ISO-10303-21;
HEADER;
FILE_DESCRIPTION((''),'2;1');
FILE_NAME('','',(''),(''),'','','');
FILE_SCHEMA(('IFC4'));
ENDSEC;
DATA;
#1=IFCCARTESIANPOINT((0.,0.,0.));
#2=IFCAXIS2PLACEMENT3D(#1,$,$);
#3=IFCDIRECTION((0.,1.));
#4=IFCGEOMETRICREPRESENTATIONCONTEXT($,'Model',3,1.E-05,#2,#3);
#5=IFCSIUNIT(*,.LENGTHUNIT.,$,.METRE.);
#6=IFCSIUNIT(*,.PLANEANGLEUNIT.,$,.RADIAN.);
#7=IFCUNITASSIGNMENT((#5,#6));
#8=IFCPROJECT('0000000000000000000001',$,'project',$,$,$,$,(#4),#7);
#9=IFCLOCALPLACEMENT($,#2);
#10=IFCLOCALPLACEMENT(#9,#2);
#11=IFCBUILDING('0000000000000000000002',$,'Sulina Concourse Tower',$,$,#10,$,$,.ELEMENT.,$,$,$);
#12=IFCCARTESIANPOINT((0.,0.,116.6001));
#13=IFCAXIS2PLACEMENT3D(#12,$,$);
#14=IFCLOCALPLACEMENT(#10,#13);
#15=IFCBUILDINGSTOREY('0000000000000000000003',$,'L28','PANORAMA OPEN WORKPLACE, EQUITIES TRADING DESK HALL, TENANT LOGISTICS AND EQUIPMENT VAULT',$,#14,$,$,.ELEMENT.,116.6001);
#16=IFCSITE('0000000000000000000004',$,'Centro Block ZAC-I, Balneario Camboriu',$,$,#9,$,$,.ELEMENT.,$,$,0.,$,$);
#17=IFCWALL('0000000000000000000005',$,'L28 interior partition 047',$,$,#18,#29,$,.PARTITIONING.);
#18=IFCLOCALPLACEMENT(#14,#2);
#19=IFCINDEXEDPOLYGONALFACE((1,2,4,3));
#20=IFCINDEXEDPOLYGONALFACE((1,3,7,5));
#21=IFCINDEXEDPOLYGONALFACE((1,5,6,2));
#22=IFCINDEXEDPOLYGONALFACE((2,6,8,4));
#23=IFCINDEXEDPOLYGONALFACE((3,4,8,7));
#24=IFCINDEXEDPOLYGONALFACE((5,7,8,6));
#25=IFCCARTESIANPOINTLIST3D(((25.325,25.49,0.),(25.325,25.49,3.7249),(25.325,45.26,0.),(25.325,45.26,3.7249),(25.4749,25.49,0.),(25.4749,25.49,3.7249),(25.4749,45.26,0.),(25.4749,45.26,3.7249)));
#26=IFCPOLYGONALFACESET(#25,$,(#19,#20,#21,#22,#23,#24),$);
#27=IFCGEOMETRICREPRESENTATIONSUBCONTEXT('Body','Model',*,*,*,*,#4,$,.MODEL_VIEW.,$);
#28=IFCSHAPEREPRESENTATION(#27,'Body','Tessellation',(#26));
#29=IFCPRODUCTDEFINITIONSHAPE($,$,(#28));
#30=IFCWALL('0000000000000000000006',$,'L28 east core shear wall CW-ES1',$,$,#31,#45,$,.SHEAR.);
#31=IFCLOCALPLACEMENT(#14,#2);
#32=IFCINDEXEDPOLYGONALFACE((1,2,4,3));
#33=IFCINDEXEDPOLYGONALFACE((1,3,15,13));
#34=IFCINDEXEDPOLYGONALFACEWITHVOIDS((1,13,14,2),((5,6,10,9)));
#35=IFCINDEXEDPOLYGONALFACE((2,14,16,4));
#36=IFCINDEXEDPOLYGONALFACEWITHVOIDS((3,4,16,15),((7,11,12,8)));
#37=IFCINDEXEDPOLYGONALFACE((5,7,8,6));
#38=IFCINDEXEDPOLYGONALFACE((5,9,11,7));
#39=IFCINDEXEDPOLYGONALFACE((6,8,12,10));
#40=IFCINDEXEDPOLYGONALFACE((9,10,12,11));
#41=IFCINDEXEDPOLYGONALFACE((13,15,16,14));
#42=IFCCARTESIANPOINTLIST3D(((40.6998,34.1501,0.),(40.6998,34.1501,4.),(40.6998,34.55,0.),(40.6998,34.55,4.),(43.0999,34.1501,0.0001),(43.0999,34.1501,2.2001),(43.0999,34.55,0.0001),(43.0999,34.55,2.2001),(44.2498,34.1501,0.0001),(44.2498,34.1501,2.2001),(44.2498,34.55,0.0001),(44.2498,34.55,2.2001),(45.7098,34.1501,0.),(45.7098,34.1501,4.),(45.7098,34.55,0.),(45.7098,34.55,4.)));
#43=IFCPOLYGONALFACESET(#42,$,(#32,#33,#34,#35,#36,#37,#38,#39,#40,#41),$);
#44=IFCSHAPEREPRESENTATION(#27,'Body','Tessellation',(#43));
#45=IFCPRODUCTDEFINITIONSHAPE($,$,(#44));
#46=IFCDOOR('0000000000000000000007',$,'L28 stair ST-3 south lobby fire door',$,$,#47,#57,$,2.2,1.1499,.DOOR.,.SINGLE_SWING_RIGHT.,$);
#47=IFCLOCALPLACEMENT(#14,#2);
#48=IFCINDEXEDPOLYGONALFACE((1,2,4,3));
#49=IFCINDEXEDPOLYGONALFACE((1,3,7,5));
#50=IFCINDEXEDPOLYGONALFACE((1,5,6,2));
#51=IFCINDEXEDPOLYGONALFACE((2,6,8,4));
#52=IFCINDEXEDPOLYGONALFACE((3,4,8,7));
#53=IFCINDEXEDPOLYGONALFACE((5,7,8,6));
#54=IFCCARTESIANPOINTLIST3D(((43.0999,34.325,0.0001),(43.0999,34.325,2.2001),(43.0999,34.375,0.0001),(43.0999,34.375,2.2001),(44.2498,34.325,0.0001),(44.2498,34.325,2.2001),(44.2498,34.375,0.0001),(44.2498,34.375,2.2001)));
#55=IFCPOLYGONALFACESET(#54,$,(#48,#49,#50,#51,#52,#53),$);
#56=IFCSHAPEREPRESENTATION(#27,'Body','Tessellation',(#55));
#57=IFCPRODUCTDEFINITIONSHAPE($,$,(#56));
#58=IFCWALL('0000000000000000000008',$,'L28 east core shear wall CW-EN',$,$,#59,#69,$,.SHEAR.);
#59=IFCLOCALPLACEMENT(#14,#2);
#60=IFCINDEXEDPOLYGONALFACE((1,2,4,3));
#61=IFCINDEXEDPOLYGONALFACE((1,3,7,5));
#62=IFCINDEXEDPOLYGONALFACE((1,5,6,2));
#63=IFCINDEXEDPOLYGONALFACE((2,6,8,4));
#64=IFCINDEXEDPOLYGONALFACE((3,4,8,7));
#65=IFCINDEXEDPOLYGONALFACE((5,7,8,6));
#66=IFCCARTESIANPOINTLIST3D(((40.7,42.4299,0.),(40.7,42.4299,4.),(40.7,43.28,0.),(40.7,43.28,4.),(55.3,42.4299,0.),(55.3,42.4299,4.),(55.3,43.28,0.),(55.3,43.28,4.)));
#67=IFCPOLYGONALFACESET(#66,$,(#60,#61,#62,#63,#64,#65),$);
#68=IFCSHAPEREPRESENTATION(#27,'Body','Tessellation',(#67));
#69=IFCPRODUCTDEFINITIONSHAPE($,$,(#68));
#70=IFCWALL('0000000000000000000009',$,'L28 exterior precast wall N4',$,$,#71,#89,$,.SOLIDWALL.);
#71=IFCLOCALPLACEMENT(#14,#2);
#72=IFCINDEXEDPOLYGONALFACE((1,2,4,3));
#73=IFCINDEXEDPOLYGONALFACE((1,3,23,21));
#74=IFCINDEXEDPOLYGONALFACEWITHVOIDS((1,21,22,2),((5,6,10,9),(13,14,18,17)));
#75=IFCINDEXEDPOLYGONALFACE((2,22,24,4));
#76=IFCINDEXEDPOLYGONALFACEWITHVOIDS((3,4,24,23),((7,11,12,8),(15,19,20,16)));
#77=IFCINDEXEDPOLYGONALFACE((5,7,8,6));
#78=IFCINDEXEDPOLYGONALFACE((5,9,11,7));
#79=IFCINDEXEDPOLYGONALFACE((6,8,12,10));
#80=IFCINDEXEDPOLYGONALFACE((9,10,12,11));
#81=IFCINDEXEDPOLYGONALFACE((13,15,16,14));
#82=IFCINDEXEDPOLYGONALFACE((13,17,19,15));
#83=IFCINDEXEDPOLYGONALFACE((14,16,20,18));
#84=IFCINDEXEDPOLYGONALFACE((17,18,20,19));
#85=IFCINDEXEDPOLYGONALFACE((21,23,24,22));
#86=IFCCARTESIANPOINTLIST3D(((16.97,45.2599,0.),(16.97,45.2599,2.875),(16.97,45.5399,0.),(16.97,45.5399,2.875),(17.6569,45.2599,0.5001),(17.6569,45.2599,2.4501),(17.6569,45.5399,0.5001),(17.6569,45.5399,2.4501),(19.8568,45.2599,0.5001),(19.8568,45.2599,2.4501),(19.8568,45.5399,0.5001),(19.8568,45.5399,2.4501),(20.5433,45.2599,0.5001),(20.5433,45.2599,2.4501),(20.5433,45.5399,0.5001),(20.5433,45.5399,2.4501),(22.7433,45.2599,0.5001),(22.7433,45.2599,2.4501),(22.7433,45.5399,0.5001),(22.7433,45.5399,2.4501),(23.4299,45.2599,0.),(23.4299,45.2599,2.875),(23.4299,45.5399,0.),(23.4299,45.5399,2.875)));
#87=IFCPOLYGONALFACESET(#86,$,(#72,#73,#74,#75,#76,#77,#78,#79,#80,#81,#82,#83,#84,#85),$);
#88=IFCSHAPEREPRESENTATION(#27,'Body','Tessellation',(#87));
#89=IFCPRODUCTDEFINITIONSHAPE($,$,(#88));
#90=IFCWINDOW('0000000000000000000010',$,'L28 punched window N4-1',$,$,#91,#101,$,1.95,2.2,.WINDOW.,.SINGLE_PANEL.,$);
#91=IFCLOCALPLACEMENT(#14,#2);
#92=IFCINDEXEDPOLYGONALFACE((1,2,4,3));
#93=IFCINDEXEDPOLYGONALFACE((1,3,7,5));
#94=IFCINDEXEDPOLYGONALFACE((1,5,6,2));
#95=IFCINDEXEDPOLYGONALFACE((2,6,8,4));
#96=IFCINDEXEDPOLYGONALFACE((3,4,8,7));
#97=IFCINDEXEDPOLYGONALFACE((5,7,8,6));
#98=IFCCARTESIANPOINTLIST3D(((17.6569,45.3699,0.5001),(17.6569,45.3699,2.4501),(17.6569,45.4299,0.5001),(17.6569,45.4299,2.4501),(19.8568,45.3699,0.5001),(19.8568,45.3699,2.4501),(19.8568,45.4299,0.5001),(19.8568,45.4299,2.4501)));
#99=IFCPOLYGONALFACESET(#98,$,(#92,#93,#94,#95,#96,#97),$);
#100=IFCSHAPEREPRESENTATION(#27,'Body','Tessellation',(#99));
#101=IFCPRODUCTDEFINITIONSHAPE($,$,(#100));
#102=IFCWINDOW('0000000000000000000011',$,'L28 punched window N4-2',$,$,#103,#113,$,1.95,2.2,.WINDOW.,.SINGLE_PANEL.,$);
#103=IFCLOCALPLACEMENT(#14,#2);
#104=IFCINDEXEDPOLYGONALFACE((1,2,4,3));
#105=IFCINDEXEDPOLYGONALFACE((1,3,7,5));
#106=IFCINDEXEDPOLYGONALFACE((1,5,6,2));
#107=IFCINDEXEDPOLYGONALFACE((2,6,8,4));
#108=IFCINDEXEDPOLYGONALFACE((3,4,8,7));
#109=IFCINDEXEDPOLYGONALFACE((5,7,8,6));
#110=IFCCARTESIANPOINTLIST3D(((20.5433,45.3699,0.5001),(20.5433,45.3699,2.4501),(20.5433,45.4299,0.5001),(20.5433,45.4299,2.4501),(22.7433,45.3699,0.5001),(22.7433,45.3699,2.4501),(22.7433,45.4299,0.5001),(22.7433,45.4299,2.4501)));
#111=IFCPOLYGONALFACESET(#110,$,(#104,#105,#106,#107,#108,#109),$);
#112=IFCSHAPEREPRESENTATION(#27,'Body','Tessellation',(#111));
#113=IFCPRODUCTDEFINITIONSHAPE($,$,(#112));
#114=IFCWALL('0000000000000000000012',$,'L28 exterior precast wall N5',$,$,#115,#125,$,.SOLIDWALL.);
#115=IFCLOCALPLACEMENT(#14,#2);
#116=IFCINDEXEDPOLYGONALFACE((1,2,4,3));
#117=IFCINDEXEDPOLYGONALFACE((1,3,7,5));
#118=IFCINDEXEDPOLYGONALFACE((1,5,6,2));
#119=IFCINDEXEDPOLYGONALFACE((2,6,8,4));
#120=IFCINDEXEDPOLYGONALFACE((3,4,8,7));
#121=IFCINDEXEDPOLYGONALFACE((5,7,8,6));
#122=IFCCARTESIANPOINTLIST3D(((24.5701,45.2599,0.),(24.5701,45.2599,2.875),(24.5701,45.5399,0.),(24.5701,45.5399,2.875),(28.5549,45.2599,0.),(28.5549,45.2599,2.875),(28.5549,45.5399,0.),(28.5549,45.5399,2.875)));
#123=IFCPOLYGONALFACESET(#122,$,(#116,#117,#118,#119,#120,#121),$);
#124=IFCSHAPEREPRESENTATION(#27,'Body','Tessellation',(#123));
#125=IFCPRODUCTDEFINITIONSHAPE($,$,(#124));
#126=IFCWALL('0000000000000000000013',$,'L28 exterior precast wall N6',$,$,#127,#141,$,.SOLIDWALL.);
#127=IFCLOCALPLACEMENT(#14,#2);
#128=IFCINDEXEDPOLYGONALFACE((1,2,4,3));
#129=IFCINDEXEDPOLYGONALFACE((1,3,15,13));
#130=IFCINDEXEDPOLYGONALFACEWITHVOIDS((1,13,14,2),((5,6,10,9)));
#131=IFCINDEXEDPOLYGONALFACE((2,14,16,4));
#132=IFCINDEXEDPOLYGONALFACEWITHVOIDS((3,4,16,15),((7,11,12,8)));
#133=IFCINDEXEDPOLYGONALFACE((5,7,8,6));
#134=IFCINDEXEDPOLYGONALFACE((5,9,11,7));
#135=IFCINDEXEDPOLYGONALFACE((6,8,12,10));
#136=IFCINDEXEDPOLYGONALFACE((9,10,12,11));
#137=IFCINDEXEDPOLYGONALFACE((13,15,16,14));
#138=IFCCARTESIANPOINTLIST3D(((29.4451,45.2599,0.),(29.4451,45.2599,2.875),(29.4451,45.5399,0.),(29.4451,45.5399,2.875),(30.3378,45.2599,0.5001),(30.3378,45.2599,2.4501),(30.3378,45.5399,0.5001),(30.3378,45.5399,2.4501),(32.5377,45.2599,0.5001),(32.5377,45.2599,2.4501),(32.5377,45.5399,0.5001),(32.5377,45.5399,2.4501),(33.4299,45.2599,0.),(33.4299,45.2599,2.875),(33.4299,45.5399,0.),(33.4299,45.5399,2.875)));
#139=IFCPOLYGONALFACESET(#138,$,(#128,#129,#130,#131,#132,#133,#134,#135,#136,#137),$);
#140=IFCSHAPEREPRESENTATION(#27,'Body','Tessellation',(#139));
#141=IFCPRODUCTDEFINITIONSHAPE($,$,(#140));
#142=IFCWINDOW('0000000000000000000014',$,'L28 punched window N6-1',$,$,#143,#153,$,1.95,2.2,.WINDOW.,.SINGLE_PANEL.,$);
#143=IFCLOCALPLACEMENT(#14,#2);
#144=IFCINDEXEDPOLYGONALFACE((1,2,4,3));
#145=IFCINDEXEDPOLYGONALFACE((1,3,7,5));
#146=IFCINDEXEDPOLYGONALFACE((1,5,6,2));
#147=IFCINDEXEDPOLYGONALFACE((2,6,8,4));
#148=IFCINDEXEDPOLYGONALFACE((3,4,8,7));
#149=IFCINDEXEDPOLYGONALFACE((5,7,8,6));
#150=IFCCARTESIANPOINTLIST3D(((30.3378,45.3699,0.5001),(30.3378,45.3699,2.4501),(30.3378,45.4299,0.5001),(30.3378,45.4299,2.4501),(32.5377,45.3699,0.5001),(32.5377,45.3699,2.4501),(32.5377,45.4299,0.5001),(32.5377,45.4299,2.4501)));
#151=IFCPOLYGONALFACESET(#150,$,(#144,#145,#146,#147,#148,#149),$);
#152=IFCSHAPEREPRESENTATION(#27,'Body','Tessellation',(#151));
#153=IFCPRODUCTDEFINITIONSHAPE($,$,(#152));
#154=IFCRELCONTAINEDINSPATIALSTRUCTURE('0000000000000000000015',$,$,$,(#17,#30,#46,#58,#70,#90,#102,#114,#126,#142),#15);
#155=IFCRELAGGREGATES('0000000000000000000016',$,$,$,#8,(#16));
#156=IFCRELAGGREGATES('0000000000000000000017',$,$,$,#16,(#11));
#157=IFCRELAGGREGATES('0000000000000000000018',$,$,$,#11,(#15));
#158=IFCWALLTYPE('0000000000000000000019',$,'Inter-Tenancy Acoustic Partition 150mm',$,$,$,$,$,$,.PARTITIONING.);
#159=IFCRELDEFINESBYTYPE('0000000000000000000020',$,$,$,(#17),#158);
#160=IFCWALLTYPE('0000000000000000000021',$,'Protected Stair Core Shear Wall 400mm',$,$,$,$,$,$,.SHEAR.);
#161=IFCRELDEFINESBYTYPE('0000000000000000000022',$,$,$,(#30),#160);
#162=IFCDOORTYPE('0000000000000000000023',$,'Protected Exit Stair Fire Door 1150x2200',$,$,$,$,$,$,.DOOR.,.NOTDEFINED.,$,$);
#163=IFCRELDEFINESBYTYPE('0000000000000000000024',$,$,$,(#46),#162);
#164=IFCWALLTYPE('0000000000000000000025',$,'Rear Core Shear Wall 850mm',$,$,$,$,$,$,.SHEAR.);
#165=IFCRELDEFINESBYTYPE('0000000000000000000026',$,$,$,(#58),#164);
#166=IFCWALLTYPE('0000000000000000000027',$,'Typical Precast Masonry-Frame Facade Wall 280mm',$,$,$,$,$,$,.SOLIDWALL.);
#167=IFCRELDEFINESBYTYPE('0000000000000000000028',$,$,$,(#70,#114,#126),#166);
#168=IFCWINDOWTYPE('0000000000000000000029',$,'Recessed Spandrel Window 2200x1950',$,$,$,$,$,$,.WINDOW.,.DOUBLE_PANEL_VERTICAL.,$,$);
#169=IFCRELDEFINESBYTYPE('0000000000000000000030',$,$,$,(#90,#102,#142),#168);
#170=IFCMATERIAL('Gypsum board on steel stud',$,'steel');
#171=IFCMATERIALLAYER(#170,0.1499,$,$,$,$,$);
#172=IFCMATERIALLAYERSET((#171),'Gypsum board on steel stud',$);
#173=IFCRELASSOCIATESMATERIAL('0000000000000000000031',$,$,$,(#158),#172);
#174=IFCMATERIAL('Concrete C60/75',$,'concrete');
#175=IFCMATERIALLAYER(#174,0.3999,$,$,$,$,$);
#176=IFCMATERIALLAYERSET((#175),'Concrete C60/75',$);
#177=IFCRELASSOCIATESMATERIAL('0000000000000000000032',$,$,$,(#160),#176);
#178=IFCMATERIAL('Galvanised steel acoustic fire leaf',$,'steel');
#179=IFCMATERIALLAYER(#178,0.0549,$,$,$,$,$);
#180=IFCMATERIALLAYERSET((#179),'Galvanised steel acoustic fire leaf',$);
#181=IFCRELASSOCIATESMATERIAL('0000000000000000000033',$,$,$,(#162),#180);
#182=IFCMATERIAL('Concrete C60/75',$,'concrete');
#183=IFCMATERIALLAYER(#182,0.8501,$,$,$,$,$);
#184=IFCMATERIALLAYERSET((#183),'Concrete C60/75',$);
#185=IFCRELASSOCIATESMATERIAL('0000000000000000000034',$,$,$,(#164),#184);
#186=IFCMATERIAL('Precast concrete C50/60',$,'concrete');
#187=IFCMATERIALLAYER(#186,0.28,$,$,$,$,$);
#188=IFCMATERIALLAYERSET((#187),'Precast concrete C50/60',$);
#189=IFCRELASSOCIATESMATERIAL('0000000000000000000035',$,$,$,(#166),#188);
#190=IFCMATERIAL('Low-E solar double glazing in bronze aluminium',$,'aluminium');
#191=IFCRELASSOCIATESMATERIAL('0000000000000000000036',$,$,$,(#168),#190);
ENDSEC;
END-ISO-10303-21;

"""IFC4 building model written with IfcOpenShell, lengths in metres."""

from ifc_helpers import new_model, si_unit, direction, frame, frame_2d, origin, place, context, subcontext, project, spatial, rectangle, extrude, material, layer, layer_set, type_object, element, fill, save


model = new_model("IFC4")

# Units and contexts
model_context = context("Model", 3, precision=1e-05, world=origin(), true_north=direction((0.0, 1.0)))
body_context = subcontext(model_context, "Body", "Model", "MODEL_VIEW")
ifc_project = project(units=[si_unit("LENGTHUNIT", "METRE"), si_unit("PLANEANGLEUNIT", "RADIAN")], contexts=[model_context])

# Site, building, storey
site_placement = place(None, origin())
site = spatial("IfcSite", under=ifc_project, at=site_placement, Name="Centro Block ZAC-I, Balneario Camboriu", CompositionType="ELEMENT", RefElevation=0.0)
building_placement = place(site_placement, origin())
building = spatial("IfcBuilding", under=site, at=building_placement, Name="Sulina Concourse Tower", CompositionType="ELEMENT")
storey_placement = place(building_placement, frame((0.0, 0.0, 116.6001)))
storey = spatial("IfcBuildingStorey", under=building, at=storey_placement, Name="L28", Description="PANORAMA OPEN WORKPLACE, EQUITIES TRADING DESK HALL, TENANT LOGISTICS AND EQUIPMENT VAULT", CompositionType="ELEMENT", Elevation=116.6001)

# Wall
ifc_material_1 = material(Name="Gypsum board on steel stud", Category="steel")
ifc_layer_1 = layer(ifc_material_1, 0.1499)
ifc_layer_set_1 = layer_set([ifc_layer_1], Name="Gypsum board on steel stud")
wall_type_1 = type_object("IfcWallType", Name="Inter-Tenancy Acoustic Partition 150mm", PredefinedType="PARTITIONING", material=ifc_layer_set_1)
wall_1_placement = place(storey_placement, frame((25.3999, 25.49, 0.0), z_axis=(0.0, 0.0, 1.0), x_axis=(0.0, 1.0, 0.0)))
element("IfcWall", 1, at=wall_1_placement, inside=storey, type_object=wall_type_1, Name="L28 interior partition 047", PredefinedType="PARTITIONING", context=body_context, shape_type="SweptSolid", body=[
    extrude(rectangle(XDim=19.77, YDim=0.1499, at=frame_2d((9.885, 0.0))), origin(), (0.0, 0.0, 1.0), 3.7249),
])

# Wall, opening, door
ifc_material_2 = material(Name="Concrete C60/75", Category="concrete")
ifc_layer_2 = layer(ifc_material_2, 0.3999)
ifc_layer_set_2 = layer_set([ifc_layer_2], Name="Concrete C60/75")
wall_type_2 = type_object("IfcWallType", Name="Protected Stair Core Shear Wall 400mm", PredefinedType="SHEAR", material=ifc_layer_set_2)
wall_2_placement = place(storey_placement, frame((40.7, 34.3501, 0.0), z_axis=(0.0, 0.0, 1.0), x_axis=(1.0, 0.0, 0.0)))
wall_2 = element("IfcWall", 2, at=wall_2_placement, inside=storey, type_object=wall_type_2, Name="L28 east core shear wall CW-ES1", PredefinedType="SHEAR", context=body_context, shape_type="SweptSolid", body=[
    extrude(rectangle(XDim=5.01, YDim=0.3999, at=frame_2d((2.5049, 0.0))), origin(), (0.0, 0.0, 1.0), 4.0),
])
opening_1_placement = place(wall_2_placement, frame((2.3999, 0.0, 0.0)))
opening_1 = element("IfcOpeningElement", 3, at=opening_1_placement, cuts=wall_2, PredefinedType="OPENING", context=body_context, shape_type="SweptSolid", body=[
    extrude(rectangle(XDim=1.1499, YDim=2.2, at=frame_2d((0.575, 1.1001))), frame((0.0, 0.21, 0.0), z_axis=(0.0, -1.0, 0.0), x_axis=(1.0, 0.0, 0.0)), (0.0, 0.0, 1.0), 0.4199),
])
ifc_material_3 = material(Name="Galvanised steel acoustic fire leaf", Category="steel")
ifc_layer_3 = layer(ifc_material_3, 0.0549)
ifc_layer_set_3 = layer_set([ifc_layer_3], Name="Galvanised steel acoustic fire leaf")
door_type = type_object("IfcDoorType", Name="Protected Exit Stair Fire Door 1150x2200", OperationType="NOTDEFINED", PredefinedType="DOOR", material=ifc_layer_set_3)
door_placement = place(opening_1_placement, origin())
door = element("IfcDoor", 4, at=door_placement, inside=storey, type_object=door_type, Name="L28 stair ST-3 south lobby fire door", OperationType="SINGLE_SWING_RIGHT", OverallHeight=2.2, OverallWidth=1.1499, PredefinedType="DOOR", context=body_context, shape_type="SweptSolid", body=[
    extrude(rectangle(XDim=1.1499, YDim=2.2, at=frame_2d((0.575, 1.1001))), frame((0.0, 0.0249, 0.0), z_axis=(0.0, -1.0, 0.0), x_axis=(1.0, 0.0, 0.0)), (0.0, 0.0, 1.0), 0.05),
])
fill(opening_1, door)

# Wall
ifc_material_4 = material(Name="Concrete C60/75", Category="concrete")
ifc_layer_4 = layer(ifc_material_4, 0.8501)
ifc_layer_set_4 = layer_set([ifc_layer_4], Name="Concrete C60/75")
wall_type_3 = type_object("IfcWallType", Name="Rear Core Shear Wall 850mm", PredefinedType="SHEAR", material=ifc_layer_set_4)
wall_3_placement = place(storey_placement, frame((40.7, 42.855, 0.0), z_axis=(0.0, 0.0, 1.0), x_axis=(1.0, 0.0, 0.0)))
element("IfcWall", 5, at=wall_3_placement, inside=storey, type_object=wall_type_3, Name="L28 east core shear wall CW-EN", PredefinedType="SHEAR", context=body_context, shape_type="SweptSolid", body=[
    extrude(rectangle(XDim=14.6001, YDim=0.8501, at=frame_2d((7.3, 0.0))), origin(), (0.0, 0.0, 1.0), 4.0),
])

# Wall, openings, windows
ifc_material_5 = material(Name="Precast concrete C50/60", Category="concrete")
ifc_layer_5 = layer(ifc_material_5, 0.28)
ifc_layer_set_5 = layer_set([ifc_layer_5], Name="Precast concrete C50/60")
wall_type_4 = type_object("IfcWallType", Name="Typical Precast Masonry-Frame Facade Wall 280mm", PredefinedType="SOLIDWALL", material=ifc_layer_set_5)
wall_4_placement = place(storey_placement, frame((16.97, 45.3999, 0.0), z_axis=(0.0, 0.0, 1.0), x_axis=(1.0, 0.0, 0.0)))
wall_4 = element("IfcWall", 6, at=wall_4_placement, inside=storey, type_object=wall_type_4, Name="L28 exterior precast wall N4", PredefinedType="SOLIDWALL", context=body_context, shape_type="SweptSolid", body=[
    extrude(rectangle(XDim=6.46, YDim=0.28, at=frame_2d((3.23, 0.0))), origin(), (0.0, 0.0, 1.0), 2.875),
])
opening_2_placement = place(wall_4_placement, frame((0.6868, 0.0, 0.5)))
opening_2 = element("IfcOpeningElement", 7, at=opening_2_placement, cuts=wall_4, PredefinedType="OPENING", context=body_context, shape_type="SweptSolid", body=[
    extrude(rectangle(XDim=2.2, YDim=1.95, at=frame_2d((1.1001, 0.9751))), frame((0.0, 0.1499, 0.0), z_axis=(0.0, -1.0, 0.0), x_axis=(1.0, 0.0, 0.0)), (0.0, 0.0, 1.0), 0.3),
])
opening_3_placement = place(wall_4_placement, frame((3.5732, 0.0, 0.5)))
opening_3 = element("IfcOpeningElement", 8, at=opening_3_placement, cuts=wall_4, PredefinedType="OPENING", context=body_context, shape_type="SweptSolid", body=[
    extrude(rectangle(XDim=2.2, YDim=1.95, at=frame_2d((1.1001, 0.9751))), frame((0.0, 0.1499, 0.0), z_axis=(0.0, -1.0, 0.0), x_axis=(1.0, 0.0, 0.0)), (0.0, 0.0, 1.0), 0.3),
])
ifc_material_6 = material(Name="Low-E solar double glazing in bronze aluminium", Category="aluminium")
window_type = type_object("IfcWindowType", Name="Recessed Spandrel Window 2200x1950", PartitioningType="DOUBLE_PANEL_VERTICAL", PredefinedType="WINDOW", material=ifc_material_6)
window_1_placement = place(opening_2_placement, origin())
window_1 = element("IfcWindow", 9, at=window_1_placement, inside=storey, type_object=window_type, Name="L28 punched window N4-1", OverallHeight=1.95, OverallWidth=2.2, PartitioningType="SINGLE_PANEL", PredefinedType="WINDOW", context=body_context, shape_type="SweptSolid", body=[
    extrude(rectangle(XDim=2.2, YDim=1.95, at=frame_2d((1.1001, 0.9751))), frame((0.0, 0.03, 0.0), z_axis=(0.0, -1.0, 0.0), x_axis=(1.0, 0.0, 0.0)), (0.0, 0.0, 1.0), 0.0601),
])
fill(opening_2, window_1)
window_2_placement = place(opening_3_placement, origin())
window_2 = element("IfcWindow", 10, at=window_2_placement, inside=storey, type_object=window_type, Name="L28 punched window N4-2", OverallHeight=1.95, OverallWidth=2.2, PartitioningType="SINGLE_PANEL", PredefinedType="WINDOW", context=body_context, shape_type="SweptSolid", body=[
    extrude(rectangle(XDim=2.2, YDim=1.95, at=frame_2d((1.1001, 0.9751))), frame((0.0, 0.03, 0.0), z_axis=(0.0, -1.0, 0.0), x_axis=(1.0, 0.0, 0.0)), (0.0, 0.0, 1.0), 0.0601),
])
fill(opening_3, window_2)

# Wall
wall_5_placement = place(storey_placement, frame((24.5701, 45.3999, 0.0), z_axis=(0.0, 0.0, 1.0), x_axis=(1.0, 0.0, 0.0)))
element("IfcWall", 11, at=wall_5_placement, inside=storey, type_object=wall_type_4, Name="L28 exterior precast wall N5", PredefinedType="SOLIDWALL", context=body_context, shape_type="SweptSolid", body=[
    extrude(rectangle(XDim=3.9849, YDim=0.28, at=frame_2d((1.9924, 0.0))), origin(), (0.0, 0.0, 1.0), 2.875),
])

# Wall, opening, window
wall_6_placement = place(storey_placement, frame((29.4451, 45.3999, 0.0), z_axis=(0.0, 0.0, 1.0), x_axis=(1.0, 0.0, 0.0)))
wall_6 = element("IfcWall", 12, at=wall_6_placement, inside=storey, type_object=wall_type_4, Name="L28 exterior precast wall N6", PredefinedType="SOLIDWALL", context=body_context, shape_type="SweptSolid", body=[
    extrude(rectangle(XDim=3.9849, YDim=0.28, at=frame_2d((1.9924, 0.0))), origin(), (0.0, 0.0, 1.0), 2.875),
])
opening_4_placement = place(wall_6_placement, frame((0.8926, 0.0, 0.5)))
opening_4 = element("IfcOpeningElement", 13, at=opening_4_placement, cuts=wall_6, PredefinedType="OPENING", context=body_context, shape_type="SweptSolid", body=[
    extrude(rectangle(XDim=2.2, YDim=1.95, at=frame_2d((1.1001, 0.9751))), frame((0.0, 0.1499, 0.0), z_axis=(0.0, -1.0, 0.0), x_axis=(1.0, 0.0, 0.0)), (0.0, 0.0, 1.0), 0.3),
])
window_3_placement = place(opening_4_placement, origin())
window_3 = element("IfcWindow", 14, at=window_3_placement, inside=storey, type_object=window_type, Name="L28 punched window N6-1", OverallHeight=1.95, OverallWidth=2.2, PartitioningType="SINGLE_PANEL", PredefinedType="WINDOW", context=body_context, shape_type="SweptSolid", body=[
    extrude(rectangle(XDim=2.2, YDim=1.95, at=frame_2d((1.1001, 0.9751))), frame((0.0, 0.03, 0.0), z_axis=(0.0, -1.0, 0.0), x_axis=(1.0, 0.0, 0.0)), (0.0, 0.0, 1.0), 0.0601),
])
fill(opening_4, window_3)

save(model, "model.ifc")
